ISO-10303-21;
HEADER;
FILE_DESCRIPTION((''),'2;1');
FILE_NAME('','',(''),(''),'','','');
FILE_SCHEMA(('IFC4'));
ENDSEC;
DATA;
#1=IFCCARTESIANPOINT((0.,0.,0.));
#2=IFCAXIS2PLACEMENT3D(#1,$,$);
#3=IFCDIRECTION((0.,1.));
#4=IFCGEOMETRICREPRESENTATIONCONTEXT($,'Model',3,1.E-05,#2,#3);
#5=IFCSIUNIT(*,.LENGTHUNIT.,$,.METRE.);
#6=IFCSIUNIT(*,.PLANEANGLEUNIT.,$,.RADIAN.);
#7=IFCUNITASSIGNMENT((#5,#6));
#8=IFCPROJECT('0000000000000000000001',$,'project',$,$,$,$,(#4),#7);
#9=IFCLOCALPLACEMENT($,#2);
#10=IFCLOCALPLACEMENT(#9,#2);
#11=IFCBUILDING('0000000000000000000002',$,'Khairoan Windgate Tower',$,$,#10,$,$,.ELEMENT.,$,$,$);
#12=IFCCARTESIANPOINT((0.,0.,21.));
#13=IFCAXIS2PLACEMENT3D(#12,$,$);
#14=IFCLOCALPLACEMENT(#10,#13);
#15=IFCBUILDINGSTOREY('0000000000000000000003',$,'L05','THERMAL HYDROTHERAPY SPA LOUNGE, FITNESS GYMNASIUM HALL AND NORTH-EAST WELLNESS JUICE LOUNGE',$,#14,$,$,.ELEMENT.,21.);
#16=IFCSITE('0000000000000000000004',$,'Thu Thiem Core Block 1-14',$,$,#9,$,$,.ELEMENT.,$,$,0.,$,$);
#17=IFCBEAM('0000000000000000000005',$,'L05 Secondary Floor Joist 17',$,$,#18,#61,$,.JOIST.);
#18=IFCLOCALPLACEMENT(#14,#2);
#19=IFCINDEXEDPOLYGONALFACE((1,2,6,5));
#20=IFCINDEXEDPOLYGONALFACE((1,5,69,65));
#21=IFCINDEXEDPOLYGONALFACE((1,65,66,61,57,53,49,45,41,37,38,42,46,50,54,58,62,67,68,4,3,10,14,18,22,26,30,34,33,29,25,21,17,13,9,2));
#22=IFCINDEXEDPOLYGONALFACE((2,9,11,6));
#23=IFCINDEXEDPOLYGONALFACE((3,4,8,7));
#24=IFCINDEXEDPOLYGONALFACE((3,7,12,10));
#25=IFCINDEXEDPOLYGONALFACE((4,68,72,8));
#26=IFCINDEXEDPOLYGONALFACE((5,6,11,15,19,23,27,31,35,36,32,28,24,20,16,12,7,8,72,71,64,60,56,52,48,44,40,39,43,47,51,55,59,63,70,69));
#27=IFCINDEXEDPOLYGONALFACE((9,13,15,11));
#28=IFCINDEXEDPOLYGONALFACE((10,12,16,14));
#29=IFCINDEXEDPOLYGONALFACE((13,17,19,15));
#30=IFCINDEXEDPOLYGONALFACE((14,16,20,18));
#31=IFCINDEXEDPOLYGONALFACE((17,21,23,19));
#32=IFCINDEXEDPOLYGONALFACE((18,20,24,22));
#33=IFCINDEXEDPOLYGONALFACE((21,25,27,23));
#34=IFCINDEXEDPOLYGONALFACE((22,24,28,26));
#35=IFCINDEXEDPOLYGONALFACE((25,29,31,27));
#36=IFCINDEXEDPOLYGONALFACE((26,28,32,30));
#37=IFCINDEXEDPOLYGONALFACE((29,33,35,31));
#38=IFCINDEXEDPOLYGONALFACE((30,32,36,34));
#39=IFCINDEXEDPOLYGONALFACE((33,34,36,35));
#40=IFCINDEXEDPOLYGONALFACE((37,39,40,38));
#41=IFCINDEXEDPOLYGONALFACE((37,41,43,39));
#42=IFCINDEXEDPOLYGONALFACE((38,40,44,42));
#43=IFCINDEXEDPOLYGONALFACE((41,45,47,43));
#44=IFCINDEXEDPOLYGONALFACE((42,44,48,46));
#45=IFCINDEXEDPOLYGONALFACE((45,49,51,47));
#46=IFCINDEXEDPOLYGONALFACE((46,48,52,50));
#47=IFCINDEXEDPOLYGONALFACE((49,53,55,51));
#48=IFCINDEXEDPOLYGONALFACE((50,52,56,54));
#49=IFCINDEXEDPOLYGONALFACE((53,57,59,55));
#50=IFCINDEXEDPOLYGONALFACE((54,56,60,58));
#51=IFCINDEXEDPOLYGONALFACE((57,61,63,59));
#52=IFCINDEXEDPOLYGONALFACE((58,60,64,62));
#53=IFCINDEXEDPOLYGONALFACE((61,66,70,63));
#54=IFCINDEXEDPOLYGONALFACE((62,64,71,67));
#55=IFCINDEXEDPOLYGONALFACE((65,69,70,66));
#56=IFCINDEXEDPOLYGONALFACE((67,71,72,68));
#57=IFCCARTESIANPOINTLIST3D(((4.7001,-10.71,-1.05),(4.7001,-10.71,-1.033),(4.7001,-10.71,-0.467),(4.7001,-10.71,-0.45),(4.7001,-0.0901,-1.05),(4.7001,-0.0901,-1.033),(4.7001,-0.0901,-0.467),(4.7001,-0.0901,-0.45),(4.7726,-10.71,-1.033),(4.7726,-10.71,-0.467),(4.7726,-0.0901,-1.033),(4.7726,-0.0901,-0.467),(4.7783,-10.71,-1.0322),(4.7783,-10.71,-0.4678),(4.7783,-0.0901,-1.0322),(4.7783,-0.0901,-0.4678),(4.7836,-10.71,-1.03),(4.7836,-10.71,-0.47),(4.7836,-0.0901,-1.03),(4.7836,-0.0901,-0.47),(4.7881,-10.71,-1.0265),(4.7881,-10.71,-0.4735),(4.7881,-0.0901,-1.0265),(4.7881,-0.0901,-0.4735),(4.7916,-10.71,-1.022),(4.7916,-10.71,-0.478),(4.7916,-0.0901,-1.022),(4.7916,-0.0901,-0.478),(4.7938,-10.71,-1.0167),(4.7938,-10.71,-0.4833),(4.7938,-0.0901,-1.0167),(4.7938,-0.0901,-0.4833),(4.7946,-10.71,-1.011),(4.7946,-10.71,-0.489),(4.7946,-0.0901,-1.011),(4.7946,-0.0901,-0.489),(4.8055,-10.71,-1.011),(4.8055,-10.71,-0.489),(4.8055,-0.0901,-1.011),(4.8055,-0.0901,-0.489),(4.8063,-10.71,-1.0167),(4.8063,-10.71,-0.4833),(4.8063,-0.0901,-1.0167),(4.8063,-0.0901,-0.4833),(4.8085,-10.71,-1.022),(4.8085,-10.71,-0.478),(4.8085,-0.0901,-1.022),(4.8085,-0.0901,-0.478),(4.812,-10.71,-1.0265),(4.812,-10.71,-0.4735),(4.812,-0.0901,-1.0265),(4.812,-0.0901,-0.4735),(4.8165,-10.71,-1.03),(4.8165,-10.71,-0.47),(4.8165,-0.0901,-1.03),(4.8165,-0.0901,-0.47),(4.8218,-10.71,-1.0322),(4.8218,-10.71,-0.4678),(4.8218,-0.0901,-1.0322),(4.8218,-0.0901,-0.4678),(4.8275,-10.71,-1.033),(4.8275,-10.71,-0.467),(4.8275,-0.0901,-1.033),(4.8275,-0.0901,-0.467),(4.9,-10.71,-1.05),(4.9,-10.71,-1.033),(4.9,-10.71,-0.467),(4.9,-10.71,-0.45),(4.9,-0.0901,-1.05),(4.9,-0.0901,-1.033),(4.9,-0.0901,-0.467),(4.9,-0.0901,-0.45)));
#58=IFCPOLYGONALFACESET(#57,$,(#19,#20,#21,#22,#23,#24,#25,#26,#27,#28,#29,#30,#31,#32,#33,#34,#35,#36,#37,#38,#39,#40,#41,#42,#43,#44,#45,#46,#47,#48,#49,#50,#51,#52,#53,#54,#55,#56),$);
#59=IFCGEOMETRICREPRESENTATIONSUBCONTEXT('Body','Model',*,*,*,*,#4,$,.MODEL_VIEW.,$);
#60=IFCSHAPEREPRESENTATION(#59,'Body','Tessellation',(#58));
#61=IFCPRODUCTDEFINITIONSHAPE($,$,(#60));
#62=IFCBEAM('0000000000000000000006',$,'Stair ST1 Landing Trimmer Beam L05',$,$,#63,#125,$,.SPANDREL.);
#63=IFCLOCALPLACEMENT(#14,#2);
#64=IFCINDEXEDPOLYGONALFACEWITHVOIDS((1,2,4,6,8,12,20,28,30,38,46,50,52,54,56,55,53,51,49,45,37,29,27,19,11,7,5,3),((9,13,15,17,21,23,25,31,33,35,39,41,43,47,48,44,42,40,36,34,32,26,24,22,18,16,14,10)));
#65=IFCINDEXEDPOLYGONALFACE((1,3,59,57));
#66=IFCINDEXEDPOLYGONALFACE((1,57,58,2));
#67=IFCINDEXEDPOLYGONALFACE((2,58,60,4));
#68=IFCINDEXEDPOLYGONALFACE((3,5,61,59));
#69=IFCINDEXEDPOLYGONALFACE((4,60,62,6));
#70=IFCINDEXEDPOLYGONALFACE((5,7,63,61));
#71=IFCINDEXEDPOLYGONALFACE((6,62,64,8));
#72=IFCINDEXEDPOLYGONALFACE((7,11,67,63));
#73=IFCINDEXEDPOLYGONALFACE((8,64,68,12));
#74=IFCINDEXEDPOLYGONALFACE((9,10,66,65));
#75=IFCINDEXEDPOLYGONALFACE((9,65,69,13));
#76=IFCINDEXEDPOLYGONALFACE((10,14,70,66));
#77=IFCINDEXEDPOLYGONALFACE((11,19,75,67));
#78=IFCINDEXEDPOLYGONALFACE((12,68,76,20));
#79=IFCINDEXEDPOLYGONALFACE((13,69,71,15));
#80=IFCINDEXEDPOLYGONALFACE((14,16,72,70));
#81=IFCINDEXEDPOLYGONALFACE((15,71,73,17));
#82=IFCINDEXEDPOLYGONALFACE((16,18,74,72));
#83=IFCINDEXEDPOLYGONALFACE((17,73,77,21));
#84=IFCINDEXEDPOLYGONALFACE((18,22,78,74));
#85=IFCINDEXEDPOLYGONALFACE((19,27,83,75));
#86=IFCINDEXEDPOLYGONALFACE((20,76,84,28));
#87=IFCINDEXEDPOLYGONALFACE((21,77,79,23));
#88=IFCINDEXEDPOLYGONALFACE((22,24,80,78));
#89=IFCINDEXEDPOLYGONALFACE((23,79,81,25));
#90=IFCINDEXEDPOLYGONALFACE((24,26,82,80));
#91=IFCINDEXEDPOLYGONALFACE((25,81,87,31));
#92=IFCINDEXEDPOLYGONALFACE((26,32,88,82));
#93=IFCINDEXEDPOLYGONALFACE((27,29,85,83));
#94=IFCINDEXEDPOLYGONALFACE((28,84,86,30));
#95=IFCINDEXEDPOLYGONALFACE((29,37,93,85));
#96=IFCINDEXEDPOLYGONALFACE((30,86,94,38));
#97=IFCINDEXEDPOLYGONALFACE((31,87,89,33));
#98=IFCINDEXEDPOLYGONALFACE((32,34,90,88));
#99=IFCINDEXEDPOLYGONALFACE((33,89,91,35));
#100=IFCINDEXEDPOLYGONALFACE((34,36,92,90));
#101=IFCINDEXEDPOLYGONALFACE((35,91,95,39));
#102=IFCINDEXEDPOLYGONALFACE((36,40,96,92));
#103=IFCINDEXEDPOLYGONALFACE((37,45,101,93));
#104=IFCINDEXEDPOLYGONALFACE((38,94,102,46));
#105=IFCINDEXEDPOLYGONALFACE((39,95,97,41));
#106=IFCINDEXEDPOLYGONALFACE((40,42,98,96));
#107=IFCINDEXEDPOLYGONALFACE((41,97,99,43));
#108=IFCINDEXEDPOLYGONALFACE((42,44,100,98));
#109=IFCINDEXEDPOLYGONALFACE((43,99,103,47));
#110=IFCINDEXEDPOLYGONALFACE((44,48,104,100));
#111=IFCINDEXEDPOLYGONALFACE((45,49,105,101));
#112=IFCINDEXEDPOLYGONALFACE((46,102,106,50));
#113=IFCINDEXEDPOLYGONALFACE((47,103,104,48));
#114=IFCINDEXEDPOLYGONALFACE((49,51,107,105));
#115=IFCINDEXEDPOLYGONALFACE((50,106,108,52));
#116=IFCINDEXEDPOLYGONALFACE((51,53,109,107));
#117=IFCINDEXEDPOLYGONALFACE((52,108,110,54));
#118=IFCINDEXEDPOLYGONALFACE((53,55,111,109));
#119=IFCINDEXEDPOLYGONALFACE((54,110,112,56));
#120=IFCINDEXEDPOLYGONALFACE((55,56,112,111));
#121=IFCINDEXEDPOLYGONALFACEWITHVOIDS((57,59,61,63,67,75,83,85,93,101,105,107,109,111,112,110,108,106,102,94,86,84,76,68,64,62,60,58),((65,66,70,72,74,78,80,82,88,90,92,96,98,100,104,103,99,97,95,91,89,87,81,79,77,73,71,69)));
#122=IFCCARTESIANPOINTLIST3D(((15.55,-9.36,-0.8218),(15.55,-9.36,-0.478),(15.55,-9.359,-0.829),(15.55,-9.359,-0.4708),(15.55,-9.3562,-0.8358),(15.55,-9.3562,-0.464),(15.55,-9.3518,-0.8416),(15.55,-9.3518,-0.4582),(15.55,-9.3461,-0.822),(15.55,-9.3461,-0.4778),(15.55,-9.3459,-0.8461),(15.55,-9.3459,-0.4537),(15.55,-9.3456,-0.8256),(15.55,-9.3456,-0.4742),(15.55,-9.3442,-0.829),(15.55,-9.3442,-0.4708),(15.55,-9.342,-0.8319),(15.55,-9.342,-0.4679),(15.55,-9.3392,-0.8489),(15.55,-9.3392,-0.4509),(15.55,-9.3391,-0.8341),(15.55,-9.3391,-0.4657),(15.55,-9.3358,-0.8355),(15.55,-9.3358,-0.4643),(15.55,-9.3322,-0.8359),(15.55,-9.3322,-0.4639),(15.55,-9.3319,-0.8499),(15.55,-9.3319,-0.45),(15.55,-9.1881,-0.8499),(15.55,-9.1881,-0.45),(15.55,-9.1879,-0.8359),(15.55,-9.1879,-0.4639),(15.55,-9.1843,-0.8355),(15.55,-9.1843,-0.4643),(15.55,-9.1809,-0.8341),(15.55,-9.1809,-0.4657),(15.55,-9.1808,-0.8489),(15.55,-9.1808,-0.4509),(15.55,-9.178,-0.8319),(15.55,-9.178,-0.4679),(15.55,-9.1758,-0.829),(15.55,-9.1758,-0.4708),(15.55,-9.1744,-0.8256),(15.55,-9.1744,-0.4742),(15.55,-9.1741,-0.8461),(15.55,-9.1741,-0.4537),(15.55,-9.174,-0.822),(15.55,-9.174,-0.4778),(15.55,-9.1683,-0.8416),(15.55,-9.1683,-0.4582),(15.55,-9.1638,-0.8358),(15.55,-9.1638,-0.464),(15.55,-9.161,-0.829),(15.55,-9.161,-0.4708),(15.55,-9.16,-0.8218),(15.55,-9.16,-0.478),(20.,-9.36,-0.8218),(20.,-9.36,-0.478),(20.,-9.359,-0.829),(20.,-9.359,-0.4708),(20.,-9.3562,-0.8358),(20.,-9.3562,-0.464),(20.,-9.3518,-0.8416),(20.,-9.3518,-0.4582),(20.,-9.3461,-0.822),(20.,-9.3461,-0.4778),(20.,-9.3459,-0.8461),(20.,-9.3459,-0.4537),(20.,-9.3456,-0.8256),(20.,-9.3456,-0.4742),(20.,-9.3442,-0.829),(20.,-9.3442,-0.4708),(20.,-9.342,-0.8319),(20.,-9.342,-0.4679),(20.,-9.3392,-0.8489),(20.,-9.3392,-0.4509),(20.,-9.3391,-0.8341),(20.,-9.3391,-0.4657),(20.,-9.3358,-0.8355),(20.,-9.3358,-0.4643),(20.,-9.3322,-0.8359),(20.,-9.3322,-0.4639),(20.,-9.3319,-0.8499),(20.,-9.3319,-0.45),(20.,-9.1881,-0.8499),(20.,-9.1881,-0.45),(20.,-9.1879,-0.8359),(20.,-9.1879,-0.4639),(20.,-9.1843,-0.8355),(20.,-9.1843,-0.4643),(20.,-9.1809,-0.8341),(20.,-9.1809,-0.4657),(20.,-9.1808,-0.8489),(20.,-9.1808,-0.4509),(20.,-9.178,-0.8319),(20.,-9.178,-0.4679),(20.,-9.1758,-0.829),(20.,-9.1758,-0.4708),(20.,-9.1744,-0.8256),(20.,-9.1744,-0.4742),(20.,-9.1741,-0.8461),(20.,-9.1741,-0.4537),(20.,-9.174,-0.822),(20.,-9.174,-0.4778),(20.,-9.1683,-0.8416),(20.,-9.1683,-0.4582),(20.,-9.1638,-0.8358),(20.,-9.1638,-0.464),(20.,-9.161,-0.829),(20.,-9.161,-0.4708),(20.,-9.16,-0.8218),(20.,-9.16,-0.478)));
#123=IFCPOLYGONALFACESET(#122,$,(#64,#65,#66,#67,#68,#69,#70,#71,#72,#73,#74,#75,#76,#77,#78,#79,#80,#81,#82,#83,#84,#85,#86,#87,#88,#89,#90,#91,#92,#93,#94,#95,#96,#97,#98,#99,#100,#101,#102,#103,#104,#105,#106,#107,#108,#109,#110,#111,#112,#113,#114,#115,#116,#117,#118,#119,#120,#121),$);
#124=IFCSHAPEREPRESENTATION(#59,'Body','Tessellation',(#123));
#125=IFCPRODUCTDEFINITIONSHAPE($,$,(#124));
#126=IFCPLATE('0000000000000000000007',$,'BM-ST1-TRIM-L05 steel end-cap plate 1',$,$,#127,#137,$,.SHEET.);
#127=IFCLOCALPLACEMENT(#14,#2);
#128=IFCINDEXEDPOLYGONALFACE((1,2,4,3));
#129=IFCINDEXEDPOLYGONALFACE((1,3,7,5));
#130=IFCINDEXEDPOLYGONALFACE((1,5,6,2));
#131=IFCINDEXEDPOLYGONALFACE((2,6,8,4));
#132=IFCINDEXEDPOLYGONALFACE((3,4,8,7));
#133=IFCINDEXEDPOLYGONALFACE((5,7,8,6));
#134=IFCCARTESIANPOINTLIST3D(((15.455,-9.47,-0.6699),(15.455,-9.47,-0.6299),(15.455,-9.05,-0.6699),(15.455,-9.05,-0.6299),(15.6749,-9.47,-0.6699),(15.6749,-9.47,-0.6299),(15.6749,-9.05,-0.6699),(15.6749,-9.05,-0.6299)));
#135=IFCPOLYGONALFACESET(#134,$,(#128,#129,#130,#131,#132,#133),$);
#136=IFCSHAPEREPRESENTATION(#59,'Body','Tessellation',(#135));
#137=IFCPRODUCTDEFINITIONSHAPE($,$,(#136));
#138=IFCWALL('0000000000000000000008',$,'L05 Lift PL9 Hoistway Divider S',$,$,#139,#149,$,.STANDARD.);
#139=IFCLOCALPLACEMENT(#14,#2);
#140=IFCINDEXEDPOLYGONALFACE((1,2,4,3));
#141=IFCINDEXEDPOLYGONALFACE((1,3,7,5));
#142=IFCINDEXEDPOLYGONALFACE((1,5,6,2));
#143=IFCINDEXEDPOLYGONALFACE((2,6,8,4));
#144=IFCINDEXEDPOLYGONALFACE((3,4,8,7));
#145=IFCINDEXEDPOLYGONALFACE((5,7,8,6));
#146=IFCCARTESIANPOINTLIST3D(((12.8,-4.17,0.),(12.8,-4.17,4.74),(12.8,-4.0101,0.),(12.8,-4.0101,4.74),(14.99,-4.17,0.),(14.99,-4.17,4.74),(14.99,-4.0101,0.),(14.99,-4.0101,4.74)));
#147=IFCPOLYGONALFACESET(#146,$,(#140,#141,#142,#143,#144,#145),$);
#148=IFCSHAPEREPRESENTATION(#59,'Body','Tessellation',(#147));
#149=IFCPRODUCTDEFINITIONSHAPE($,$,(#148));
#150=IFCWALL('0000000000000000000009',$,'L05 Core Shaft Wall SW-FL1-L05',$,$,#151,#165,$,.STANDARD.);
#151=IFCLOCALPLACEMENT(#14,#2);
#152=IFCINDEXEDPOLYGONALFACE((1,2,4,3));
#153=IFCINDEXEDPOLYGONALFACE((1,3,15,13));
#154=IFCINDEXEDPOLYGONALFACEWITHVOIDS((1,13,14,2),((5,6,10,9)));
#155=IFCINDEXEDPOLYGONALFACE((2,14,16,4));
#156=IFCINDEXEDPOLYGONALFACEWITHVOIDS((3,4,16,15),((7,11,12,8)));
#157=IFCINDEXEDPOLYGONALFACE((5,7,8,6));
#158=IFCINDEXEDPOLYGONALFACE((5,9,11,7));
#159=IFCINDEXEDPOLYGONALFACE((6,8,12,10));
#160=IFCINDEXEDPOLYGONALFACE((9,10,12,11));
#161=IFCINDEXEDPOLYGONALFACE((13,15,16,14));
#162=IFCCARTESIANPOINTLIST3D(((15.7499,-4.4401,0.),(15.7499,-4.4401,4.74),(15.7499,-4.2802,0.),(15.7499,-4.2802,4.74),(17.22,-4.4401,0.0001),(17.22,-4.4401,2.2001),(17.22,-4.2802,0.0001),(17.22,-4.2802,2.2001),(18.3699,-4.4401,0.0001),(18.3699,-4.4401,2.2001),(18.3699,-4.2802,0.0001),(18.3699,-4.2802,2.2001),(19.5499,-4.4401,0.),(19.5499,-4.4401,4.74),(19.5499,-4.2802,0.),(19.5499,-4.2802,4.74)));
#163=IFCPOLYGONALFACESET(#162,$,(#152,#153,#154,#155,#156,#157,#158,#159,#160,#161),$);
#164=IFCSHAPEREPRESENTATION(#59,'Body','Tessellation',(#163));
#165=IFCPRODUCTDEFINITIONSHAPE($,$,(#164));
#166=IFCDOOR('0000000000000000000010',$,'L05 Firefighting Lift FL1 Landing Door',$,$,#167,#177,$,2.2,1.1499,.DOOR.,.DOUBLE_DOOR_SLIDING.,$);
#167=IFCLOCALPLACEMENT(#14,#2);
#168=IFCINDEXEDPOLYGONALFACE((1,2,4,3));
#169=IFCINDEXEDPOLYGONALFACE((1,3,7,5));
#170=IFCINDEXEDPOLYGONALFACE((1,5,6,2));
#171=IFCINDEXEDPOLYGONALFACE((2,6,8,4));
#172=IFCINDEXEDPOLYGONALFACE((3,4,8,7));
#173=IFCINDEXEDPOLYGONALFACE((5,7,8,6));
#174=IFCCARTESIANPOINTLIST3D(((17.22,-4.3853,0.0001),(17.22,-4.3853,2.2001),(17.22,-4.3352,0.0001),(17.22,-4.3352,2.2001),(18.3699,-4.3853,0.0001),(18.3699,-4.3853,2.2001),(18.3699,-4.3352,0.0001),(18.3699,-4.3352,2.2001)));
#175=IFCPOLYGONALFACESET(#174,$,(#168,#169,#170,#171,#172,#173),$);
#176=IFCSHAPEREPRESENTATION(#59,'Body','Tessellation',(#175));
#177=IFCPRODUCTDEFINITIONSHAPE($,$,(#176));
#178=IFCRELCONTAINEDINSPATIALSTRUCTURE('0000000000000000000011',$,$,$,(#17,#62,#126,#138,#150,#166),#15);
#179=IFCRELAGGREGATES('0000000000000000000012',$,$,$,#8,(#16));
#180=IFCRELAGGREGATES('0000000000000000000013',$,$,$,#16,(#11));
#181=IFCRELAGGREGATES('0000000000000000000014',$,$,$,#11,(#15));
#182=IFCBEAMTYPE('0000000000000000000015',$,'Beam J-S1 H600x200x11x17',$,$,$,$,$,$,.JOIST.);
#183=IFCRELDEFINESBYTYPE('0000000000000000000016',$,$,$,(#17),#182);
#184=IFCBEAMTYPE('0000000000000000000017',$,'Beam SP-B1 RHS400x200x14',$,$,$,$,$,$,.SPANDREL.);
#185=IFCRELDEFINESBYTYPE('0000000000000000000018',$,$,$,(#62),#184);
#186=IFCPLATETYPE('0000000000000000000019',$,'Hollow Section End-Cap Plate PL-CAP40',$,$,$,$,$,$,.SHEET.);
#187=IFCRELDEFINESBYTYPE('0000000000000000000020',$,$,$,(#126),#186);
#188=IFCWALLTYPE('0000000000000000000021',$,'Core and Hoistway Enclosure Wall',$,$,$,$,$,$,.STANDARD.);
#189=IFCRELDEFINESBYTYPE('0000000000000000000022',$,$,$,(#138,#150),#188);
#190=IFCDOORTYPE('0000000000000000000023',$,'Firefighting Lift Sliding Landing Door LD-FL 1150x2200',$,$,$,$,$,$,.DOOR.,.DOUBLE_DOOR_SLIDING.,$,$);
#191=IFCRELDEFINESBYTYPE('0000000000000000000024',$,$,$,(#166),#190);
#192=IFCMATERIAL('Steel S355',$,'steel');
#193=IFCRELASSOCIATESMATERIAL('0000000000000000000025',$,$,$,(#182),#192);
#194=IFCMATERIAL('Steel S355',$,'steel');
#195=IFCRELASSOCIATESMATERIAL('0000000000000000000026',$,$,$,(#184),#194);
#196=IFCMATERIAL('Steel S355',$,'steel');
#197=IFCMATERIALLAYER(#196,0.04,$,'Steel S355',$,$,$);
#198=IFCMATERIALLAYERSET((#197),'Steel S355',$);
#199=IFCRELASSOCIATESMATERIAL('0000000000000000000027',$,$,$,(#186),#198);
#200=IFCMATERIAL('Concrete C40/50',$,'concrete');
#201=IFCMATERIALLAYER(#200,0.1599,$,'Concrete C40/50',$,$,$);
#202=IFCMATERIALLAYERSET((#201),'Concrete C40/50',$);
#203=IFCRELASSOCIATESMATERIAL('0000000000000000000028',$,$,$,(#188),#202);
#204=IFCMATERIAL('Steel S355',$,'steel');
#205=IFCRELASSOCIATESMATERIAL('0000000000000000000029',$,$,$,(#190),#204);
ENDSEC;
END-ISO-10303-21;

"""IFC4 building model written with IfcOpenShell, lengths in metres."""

from ifc_helpers import new_model, si_unit, direction, frame, frame_2d, origin, origin_2d, place, context, subcontext, project, spatial, rectangle, hollow_rectangle, i_section, extrude, material, layer, layer_set, material_profile, profile_set, type_object, element, fill, save


model = new_model("IFC4")

# Units and contexts
model_context = context("Model", 3, precision=1e-05, world=origin(), true_north=direction((0.0, 1.0)))
body_context = subcontext(model_context, "Body", "Model", "MODEL_VIEW")
ifc_project = project(units=[si_unit("LENGTHUNIT", "METRE"), si_unit("PLANEANGLEUNIT", "RADIAN")], contexts=[model_context])

# Site, building, storey
site_placement = place(None, origin())
site = spatial("IfcSite", under=ifc_project, at=site_placement, Name="Thu Thiem Core Block 1-14", CompositionType="ELEMENT", RefElevation=0.0)
building_placement = place(site_placement, origin())
building = spatial("IfcBuilding", under=site, at=building_placement, Name="Khairoan Windgate Tower", CompositionType="ELEMENT")
storey_placement = place(building_placement, frame((0.0, 0.0, 21.0)))
storey = spatial("IfcBuildingStorey", under=building, at=storey_placement, Name="L05", Description="THERMAL HYDROTHERAPY SPA LOUNGE, FITNESS GYMNASIUM HALL AND NORTH-EAST WELLNESS JUICE LOUNGE", CompositionType="ELEMENT", Elevation=21.0)

# Beams
ifc_material_1 = material(Name="Steel S355", Category="steel")
ifc_material_profile_1 = material_profile(ifc_material_1, i_section(OverallWidth=0.2, OverallDepth=0.6001, WebThickness=0.011, FlangeThickness=0.0171, FilletRadius=0.022, at=origin_2d()))
ifc_profile_set_1 = profile_set([ifc_material_profile_1], Name="Steel S355")
beam_type_1 = type_object("IfcBeamType", Name="Beam J-S1 H600x200x11x17", PredefinedType="JOIST", material=ifc_profile_set_1)
beam_1_placement = place(storey_placement, frame((4.8, -10.71, -0.75), z_axis=(0.0, 1.0, 0.0), x_axis=(-1.0, 0.0, 0.0)))
element("IfcBeam", 1, at=beam_1_placement, inside=storey, type_object=beam_type_1, Name="L05 Secondary Floor Joist 17", PredefinedType="JOIST", context=body_context, shape_type="SweptSolid", body=[
    extrude(i_section(OverallWidth=0.2, OverallDepth=0.6001, WebThickness=0.011, FlangeThickness=0.0171, FilletRadius=0.022, at=origin_2d()), origin(), (0.0, 0.0, 1.0), 10.6199),
])
ifc_material_2 = material(Name="Steel S355", Category="steel")
ifc_material_profile_2 = material_profile(ifc_material_2, hollow_rectangle(XDim=0.2, YDim=0.3999, WallThickness=0.0139, InnerFilletRadius=0.0139, OuterFilletRadius=0.0281, at=origin_2d()))
ifc_profile_set_2 = profile_set([ifc_material_profile_2], Name="Steel S355")
beam_type_2 = type_object("IfcBeamType", Name="Beam SP-B1 RHS400x200x14", PredefinedType="SPANDREL", material=ifc_profile_set_2)
beam_2_placement = place(storey_placement, frame((15.55, -9.26, -0.6499), z_axis=(1.0, 0.0, 0.0), x_axis=(0.0, 1.0, 0.0)))
element("IfcBeam", 2, at=beam_2_placement, inside=storey, type_object=beam_type_2, Name="Stair ST1 Landing Trimmer Beam L05", PredefinedType="SPANDREL", context=body_context, shape_type="SweptSolid", body=[
    extrude(hollow_rectangle(XDim=0.2, YDim=0.3999, WallThickness=0.0139, InnerFilletRadius=0.0139, OuterFilletRadius=0.0281, at=origin_2d()), origin(), (0.0, 0.0, 1.0), 4.45),
])

# Plate
ifc_material_3 = material(Name="Steel S355", Category="steel")
ifc_layer_1 = layer(ifc_material_3, 0.04, Name="Steel S355")
ifc_layer_set_1 = layer_set([ifc_layer_1], Name="Steel S355")
plate_type = type_object("IfcPlateType", Name="Hollow Section End-Cap Plate PL-CAP40", PredefinedType="SHEET", material=ifc_layer_set_1)
plate_placement = place(storey_placement, frame((15.5649, -9.26, -0.6699), z_axis=(0.0, 0.0, 1.0), x_axis=(1.0, 0.0, 0.0)))
element("IfcPlate", 3, at=plate_placement, inside=storey, type_object=plate_type, Name="BM-ST1-TRIM-L05 steel end-cap plate 1", PredefinedType="SHEET", context=body_context, shape_type="SweptSolid", body=[
    extrude(rectangle(XDim=0.22, YDim=0.4199, at=origin_2d()), origin(), (0.0, 0.0, 1.0), 0.04),
])

# Wall
ifc_material_4 = material(Name="Concrete C40/50", Category="concrete")
ifc_layer_2 = layer(ifc_material_4, 0.1599, Name="Concrete C40/50")
ifc_layer_set_2 = layer_set([ifc_layer_2], Name="Concrete C40/50")
wall_type_1 = type_object("IfcWallType", Name="Core and Hoistway Enclosure Wall", PredefinedType="STANDARD", material=ifc_layer_set_2)
wall_1_placement = place(storey_placement, frame((12.8, -4.0901, 0.0), z_axis=(0.0, 0.0, 1.0), x_axis=(1.0, 0.0, 0.0)))
element("IfcWall", 4, at=wall_1_placement, inside=storey, type_object=wall_type_1, Name="L05 Lift PL9 Hoistway Divider S", PredefinedType="STANDARD", context=body_context, shape_type="SweptSolid", body=[
    extrude(rectangle(XDim=2.1899, YDim=0.1599, at=frame_2d((1.095, 0.0))), origin(), (0.0, 0.0, 1.0), 4.74),
])

# Wall, opening, door
wall_2_placement = place(storey_placement, frame((15.75, -4.3601, 0.0), z_axis=(0.0, 0.0, 1.0), x_axis=(1.0, 0.0, 0.0)))
wall_2 = element("IfcWall", 5, at=wall_2_placement, inside=storey, type_object=wall_type_1, Name="L05 Core Shaft Wall SW-FL1-L05", PredefinedType="STANDARD", context=body_context, shape_type="SweptSolid", body=[
    extrude(rectangle(XDim=3.8, YDim=0.1599, at=frame_2d((1.8999, 0.0))), origin(), (0.0, 0.0, 1.0), 4.74),
])
opening_placement = place(wall_2_placement, frame((1.47, 0.0, 0.0)))
opening = element("IfcOpeningElement", 6, at=opening_placement, cuts=wall_2, PredefinedType="OPENING", context=body_context, shape_type="SweptSolid", body=[
    extrude(rectangle(XDim=1.1499, YDim=2.2, at=frame_2d((0.575, 1.1001))), frame((0.0, 0.0898, 0.0), z_axis=(0.0, -1.0, 0.0), x_axis=(1.0, 0.0, 0.0)), (0.0, 0.0, 1.0), 0.1799),
])
ifc_material_5 = material(Name="Steel S355", Category="steel")
door_type = type_object("IfcDoorType", Name="Firefighting Lift Sliding Landing Door LD-FL 1150x2200", OperationType="DOUBLE_DOOR_SLIDING", PredefinedType="DOOR", material=ifc_material_5)
door_placement = place(opening_placement, origin())
door = element("IfcDoor", 7, at=door_placement, inside=storey, type_object=door_type, Name="L05 Firefighting Lift FL1 Landing Door", OperationType="DOUBLE_DOOR_SLIDING", OverallHeight=2.2, OverallWidth=1.1499, PredefinedType="DOOR", context=body_context, shape_type="SweptSolid", body=[
    extrude(rectangle(XDim=1.1499, YDim=2.2, at=frame_2d((0.575, 1.1001))), frame((0.0, 0.0249, 0.0), z_axis=(0.0, -1.0, 0.0), x_axis=(1.0, 0.0, 0.0)), (0.0, 0.0, 1.0), 0.05),
])
fill(opening, door)

save(model, "model.ifc")
